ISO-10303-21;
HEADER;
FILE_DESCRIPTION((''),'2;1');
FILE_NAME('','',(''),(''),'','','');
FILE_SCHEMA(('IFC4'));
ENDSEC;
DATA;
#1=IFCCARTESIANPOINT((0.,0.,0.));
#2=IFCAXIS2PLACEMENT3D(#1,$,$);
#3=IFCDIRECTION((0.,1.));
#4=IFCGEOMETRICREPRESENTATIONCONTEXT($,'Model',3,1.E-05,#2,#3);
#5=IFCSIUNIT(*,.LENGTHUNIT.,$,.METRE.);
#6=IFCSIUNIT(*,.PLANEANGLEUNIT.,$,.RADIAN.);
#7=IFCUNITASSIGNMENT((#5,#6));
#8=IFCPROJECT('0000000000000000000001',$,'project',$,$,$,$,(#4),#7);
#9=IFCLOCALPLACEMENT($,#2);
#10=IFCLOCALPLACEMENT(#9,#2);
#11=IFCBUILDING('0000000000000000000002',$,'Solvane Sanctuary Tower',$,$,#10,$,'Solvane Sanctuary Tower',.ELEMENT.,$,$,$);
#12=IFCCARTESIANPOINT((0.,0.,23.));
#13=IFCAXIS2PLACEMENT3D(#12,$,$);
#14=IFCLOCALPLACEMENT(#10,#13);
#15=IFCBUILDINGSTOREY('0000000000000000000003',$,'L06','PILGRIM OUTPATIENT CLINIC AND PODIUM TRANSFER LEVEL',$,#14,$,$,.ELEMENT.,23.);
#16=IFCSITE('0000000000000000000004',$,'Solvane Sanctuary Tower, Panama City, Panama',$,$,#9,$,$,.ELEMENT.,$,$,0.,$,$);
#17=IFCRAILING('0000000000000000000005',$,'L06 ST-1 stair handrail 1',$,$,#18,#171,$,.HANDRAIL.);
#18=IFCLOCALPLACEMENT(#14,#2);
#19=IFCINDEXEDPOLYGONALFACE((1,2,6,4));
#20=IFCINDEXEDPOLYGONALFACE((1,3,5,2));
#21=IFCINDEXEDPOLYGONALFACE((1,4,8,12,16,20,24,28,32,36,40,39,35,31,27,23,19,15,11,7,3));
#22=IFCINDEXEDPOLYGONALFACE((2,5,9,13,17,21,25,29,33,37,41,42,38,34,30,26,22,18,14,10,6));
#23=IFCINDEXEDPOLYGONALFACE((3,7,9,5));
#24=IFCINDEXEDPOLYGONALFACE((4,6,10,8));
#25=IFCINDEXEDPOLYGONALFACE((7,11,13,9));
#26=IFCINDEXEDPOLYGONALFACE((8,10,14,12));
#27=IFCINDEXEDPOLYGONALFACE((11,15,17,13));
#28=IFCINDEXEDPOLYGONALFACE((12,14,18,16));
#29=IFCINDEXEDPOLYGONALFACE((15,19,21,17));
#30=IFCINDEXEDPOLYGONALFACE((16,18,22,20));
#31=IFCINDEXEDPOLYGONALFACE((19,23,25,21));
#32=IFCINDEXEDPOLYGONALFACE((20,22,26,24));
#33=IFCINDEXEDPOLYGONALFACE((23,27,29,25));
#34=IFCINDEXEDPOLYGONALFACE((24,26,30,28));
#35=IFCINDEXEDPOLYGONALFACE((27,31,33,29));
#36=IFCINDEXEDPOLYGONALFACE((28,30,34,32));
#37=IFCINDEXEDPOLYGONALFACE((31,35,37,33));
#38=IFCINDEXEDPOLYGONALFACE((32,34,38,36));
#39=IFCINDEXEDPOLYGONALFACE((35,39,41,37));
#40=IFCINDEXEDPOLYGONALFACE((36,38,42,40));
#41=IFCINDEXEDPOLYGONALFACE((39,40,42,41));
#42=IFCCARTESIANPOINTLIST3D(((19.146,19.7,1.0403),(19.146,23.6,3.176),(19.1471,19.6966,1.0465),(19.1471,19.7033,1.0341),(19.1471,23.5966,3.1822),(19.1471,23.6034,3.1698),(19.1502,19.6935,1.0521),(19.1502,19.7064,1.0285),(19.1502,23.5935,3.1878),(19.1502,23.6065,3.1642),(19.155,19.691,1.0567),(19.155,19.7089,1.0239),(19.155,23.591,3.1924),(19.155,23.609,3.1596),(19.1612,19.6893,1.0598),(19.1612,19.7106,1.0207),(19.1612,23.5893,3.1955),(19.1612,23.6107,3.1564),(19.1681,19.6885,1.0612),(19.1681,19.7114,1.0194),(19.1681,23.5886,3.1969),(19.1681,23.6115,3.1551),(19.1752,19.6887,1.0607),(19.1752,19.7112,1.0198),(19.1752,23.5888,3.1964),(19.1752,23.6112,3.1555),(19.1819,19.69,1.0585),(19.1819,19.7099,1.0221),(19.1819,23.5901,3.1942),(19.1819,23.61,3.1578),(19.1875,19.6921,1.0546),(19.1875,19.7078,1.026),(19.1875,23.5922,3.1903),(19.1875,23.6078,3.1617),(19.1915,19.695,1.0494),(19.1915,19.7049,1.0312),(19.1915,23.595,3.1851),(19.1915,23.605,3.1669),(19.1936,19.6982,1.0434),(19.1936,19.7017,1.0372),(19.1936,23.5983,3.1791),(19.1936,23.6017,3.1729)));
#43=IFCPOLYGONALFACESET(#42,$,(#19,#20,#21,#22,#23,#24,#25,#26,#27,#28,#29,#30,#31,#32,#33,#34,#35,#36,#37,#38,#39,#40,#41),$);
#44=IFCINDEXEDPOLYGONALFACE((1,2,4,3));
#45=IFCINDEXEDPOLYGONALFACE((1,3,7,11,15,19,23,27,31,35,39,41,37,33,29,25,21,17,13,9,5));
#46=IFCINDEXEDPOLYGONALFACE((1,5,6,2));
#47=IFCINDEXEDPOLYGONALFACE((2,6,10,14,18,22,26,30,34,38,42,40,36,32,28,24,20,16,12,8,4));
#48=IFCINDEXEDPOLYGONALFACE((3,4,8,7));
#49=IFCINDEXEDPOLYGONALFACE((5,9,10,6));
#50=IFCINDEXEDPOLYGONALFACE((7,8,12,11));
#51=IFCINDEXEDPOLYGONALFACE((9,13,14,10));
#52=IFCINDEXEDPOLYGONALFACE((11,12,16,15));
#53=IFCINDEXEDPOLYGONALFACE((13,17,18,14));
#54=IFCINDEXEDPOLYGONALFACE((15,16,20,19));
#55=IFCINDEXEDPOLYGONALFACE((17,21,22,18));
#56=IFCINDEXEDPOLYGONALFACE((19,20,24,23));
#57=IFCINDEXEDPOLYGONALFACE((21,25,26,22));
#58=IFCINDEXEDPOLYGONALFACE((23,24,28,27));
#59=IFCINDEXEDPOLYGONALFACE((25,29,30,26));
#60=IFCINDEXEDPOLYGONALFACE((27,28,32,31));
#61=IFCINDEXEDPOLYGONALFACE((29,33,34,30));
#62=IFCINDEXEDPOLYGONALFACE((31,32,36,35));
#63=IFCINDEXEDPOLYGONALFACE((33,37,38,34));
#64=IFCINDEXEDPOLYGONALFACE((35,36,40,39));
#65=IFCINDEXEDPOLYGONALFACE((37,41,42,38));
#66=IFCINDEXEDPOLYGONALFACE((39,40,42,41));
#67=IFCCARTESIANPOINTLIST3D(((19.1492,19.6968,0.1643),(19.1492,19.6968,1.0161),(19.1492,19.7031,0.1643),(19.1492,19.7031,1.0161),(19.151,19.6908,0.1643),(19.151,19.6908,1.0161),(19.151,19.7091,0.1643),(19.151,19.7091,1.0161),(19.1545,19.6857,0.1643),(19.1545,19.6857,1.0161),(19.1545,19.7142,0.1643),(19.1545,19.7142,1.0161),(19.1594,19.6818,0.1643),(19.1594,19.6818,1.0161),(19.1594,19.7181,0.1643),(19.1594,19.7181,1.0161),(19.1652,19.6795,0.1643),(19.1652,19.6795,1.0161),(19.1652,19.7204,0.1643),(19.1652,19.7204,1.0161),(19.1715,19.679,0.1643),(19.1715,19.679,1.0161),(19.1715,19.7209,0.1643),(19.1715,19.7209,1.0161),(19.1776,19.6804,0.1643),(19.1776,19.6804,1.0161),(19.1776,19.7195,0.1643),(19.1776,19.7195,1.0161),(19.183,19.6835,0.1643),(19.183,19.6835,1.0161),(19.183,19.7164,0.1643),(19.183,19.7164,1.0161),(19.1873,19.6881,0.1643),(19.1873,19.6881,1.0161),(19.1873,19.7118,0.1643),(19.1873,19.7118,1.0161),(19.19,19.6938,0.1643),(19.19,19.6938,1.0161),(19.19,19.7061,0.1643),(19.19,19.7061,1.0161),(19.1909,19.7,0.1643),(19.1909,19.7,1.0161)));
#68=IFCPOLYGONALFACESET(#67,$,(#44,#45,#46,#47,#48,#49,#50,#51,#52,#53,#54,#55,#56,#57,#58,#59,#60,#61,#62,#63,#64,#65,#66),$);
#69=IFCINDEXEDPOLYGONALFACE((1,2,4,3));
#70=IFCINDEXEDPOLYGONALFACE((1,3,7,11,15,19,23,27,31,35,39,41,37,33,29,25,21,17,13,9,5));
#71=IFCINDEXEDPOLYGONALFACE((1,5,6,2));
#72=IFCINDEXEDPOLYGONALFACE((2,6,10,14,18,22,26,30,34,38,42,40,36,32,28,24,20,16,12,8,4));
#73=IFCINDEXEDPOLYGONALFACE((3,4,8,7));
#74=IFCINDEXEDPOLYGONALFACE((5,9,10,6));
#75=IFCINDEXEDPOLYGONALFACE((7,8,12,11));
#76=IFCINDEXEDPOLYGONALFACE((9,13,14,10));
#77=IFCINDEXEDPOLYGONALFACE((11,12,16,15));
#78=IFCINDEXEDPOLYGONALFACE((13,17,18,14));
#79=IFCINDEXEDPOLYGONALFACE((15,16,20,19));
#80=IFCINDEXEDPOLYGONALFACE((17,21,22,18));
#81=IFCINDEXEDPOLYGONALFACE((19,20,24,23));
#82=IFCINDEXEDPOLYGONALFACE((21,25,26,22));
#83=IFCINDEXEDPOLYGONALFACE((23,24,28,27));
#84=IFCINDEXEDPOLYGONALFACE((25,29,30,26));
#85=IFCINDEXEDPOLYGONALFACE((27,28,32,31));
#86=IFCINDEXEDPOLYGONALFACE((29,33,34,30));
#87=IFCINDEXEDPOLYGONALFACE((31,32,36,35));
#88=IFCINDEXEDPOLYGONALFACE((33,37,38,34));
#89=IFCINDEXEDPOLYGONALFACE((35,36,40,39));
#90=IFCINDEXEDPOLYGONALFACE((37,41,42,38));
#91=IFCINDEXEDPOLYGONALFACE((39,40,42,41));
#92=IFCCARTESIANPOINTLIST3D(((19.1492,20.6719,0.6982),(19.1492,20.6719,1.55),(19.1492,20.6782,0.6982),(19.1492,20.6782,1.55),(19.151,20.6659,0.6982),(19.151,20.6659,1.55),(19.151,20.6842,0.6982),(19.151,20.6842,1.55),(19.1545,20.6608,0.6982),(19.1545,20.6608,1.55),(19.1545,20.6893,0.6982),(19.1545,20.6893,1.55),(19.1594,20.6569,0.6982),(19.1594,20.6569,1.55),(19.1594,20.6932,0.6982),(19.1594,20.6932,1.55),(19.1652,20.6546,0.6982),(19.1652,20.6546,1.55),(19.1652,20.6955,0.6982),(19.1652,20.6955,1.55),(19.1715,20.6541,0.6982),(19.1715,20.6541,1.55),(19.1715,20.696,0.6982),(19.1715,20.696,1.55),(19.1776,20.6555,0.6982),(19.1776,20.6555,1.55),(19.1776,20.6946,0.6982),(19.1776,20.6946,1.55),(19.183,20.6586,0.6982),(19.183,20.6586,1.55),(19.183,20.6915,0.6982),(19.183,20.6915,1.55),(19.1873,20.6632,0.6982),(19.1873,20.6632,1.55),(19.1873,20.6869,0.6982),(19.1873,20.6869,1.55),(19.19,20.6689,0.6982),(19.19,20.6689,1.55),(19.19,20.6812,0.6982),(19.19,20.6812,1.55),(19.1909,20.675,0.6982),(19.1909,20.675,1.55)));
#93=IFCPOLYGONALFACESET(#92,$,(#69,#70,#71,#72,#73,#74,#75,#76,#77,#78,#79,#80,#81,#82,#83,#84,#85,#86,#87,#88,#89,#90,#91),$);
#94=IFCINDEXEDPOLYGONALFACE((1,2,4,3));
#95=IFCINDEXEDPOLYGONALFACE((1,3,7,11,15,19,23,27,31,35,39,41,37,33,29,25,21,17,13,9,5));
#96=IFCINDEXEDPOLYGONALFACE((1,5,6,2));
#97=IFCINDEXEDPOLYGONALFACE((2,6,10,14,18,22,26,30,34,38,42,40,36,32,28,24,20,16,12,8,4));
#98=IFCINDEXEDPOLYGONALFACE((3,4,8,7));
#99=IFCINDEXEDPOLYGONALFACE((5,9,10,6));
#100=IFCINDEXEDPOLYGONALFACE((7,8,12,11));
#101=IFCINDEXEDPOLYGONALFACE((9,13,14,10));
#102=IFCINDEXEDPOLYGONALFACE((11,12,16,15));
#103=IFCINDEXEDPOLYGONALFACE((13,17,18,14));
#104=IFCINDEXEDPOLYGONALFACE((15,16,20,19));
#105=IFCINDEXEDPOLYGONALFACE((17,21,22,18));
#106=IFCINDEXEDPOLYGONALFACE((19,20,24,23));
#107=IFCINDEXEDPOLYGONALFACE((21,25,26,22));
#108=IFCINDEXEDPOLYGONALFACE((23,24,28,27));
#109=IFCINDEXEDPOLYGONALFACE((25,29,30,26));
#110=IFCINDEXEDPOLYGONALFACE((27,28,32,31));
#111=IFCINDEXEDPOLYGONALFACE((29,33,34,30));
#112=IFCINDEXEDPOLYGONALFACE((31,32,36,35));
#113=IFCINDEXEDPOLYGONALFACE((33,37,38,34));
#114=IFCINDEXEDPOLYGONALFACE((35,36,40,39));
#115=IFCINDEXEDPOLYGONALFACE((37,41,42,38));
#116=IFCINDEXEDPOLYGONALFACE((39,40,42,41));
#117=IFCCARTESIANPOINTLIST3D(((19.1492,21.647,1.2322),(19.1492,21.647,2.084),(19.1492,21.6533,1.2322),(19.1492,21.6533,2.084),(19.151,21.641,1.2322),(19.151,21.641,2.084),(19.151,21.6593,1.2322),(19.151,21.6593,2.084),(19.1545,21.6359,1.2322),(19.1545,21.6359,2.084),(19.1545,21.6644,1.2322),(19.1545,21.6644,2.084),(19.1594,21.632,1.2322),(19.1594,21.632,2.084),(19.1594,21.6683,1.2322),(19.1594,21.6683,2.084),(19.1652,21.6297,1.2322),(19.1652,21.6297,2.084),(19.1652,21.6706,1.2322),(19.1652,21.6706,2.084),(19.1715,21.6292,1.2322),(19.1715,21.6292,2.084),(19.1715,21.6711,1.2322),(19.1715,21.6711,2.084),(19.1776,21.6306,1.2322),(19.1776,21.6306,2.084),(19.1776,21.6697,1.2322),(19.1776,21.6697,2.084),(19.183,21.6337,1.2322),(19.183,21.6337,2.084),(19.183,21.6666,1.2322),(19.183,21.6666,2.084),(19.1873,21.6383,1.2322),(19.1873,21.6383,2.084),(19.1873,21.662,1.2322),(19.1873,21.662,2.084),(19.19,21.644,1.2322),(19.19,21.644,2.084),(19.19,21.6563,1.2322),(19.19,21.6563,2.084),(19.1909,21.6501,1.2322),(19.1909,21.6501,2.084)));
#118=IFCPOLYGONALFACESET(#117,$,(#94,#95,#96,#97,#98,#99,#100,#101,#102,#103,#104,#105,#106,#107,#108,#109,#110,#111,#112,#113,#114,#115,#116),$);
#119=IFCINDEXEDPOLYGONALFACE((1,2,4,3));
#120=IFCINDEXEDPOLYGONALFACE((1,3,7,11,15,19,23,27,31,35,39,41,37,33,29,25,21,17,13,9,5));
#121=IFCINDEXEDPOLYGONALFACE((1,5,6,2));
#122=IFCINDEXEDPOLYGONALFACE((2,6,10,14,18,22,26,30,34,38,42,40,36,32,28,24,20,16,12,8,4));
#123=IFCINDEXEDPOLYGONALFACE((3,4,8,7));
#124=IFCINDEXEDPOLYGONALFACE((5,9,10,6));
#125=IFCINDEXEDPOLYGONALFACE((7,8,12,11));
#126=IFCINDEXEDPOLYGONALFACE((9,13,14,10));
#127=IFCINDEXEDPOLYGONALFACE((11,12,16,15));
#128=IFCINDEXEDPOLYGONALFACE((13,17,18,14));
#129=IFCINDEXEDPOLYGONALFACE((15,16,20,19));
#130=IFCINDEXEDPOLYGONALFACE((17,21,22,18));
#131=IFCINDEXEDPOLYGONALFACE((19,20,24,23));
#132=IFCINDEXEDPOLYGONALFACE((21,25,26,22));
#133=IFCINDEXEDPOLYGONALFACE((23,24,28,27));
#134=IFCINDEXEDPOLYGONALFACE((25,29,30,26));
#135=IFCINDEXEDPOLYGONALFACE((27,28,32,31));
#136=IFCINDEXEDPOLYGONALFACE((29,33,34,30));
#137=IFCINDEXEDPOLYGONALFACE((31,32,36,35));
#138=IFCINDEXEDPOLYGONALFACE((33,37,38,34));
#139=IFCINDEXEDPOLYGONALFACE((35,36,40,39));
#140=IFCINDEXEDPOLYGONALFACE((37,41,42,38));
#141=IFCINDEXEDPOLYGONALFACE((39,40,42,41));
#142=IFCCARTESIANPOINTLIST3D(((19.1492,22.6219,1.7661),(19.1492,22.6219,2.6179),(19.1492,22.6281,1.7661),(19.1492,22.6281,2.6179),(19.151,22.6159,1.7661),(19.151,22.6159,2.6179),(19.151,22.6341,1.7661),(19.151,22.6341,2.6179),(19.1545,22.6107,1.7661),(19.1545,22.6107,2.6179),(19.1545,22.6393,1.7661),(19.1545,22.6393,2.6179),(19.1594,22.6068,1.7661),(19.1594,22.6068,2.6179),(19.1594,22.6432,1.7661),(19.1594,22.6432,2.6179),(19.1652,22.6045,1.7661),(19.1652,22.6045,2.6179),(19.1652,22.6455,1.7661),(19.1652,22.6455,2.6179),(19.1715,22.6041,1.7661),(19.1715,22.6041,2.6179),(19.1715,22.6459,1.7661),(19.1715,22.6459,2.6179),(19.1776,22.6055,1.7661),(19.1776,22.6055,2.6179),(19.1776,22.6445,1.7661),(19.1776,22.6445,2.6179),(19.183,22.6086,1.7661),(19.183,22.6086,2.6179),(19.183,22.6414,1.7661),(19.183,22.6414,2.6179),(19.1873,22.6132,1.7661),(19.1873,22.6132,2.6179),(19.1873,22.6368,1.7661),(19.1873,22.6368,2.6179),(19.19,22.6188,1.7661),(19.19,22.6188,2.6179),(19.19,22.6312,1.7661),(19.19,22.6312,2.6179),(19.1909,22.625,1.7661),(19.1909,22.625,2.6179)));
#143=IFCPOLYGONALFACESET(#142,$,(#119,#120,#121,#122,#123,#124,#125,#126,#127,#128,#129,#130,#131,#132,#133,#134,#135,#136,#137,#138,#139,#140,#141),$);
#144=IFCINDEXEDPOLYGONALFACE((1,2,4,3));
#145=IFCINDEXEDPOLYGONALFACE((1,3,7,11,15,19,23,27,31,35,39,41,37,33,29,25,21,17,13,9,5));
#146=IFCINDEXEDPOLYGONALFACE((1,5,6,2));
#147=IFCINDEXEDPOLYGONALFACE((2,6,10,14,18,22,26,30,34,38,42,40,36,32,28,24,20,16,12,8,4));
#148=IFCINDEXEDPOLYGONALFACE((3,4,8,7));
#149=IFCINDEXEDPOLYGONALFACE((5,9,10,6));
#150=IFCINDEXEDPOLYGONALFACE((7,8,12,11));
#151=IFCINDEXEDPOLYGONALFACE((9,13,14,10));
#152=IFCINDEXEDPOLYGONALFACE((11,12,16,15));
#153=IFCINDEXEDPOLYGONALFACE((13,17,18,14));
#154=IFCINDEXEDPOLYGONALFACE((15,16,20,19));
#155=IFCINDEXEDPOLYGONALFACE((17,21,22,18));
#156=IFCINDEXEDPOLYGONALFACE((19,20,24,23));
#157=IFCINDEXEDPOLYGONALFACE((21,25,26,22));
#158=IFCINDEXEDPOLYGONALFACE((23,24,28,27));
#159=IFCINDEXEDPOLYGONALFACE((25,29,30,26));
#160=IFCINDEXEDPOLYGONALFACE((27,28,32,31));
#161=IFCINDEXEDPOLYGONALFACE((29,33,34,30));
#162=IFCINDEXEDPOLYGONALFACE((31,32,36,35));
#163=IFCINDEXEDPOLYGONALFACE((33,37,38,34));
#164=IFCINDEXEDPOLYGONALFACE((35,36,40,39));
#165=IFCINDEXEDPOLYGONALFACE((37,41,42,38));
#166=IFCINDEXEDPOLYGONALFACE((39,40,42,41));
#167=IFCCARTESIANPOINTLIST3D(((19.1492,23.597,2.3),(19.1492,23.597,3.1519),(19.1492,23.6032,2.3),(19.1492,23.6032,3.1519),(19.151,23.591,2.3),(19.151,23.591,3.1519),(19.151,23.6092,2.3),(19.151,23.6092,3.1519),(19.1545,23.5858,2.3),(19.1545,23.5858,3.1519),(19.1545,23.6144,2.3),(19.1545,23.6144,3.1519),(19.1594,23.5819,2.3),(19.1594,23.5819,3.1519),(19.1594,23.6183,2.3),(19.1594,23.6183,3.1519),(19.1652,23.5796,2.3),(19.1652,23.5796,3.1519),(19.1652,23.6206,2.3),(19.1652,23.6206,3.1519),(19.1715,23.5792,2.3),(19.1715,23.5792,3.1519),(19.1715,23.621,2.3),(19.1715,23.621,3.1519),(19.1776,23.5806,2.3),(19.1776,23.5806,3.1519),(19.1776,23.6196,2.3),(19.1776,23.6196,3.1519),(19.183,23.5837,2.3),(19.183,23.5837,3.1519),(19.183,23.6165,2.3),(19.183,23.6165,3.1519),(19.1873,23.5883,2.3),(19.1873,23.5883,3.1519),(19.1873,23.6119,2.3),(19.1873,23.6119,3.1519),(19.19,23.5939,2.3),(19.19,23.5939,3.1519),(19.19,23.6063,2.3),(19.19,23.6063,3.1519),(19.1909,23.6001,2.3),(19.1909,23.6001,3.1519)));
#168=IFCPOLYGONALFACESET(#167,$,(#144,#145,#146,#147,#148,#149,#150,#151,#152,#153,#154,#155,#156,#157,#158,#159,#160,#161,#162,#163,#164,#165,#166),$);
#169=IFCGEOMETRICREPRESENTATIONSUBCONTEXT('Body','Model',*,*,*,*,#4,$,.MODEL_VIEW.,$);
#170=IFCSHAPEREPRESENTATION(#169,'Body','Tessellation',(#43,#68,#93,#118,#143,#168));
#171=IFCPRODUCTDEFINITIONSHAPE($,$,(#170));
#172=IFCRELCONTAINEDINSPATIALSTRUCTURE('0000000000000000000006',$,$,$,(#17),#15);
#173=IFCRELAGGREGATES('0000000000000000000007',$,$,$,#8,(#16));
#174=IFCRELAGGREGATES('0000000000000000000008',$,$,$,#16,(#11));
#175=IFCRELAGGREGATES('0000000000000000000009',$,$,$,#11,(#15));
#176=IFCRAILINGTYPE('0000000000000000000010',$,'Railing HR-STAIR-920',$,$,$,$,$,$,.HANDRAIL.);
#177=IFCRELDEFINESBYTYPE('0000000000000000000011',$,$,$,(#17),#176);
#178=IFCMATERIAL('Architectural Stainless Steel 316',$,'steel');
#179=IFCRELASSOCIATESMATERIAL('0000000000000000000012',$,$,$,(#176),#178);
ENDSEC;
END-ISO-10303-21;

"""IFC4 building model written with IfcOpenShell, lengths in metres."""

from ifc_helpers import new_model, si_unit, direction, frame, origin, origin_2d, place, context, subcontext, project, spatial, circle, extrude, material, type_object, element, save


model = new_model("IFC4")

# Units and contexts
model_context = context("Model", 3, precision=1e-05, world=origin(), true_north=direction((0.0, 1.0)))
body_context = subcontext(model_context, "Body", "Model", "MODEL_VIEW")
ifc_project = project(units=[si_unit("LENGTHUNIT", "METRE"), si_unit("PLANEANGLEUNIT", "RADIAN")], contexts=[model_context])

# Site, building, storey
site_placement = place(None, origin())
site = spatial("IfcSite", under=ifc_project, at=site_placement, Name="Solvane Sanctuary Tower, Panama City, Panama", CompositionType="ELEMENT", RefElevation=0.0)
building_placement = place(site_placement, origin())
building = spatial("IfcBuilding", under=site, at=building_placement, Name="Solvane Sanctuary Tower", LongName="Solvane Sanctuary Tower", CompositionType="ELEMENT")
storey_placement = place(building_placement, frame((0.0, 0.0, 23.0)))
storey = spatial("IfcBuildingStorey", under=building, at=storey_placement, Name="L06", Description="PILGRIM OUTPATIENT CLINIC AND PODIUM TRANSFER LEVEL", CompositionType="ELEMENT", Elevation=23.0)

# Shared definitions
ifc_material_1 = material(Name="Architectural Stainless Steel 316", Category="steel")

# Railing
railing_type_1 = type_object("IfcRailingType", Name="Railing HR-STAIR-920", PredefinedType="HANDRAIL", material=ifc_material_1)
railing_1_placement = place(storey_placement, frame((19.1699, 19.7, 0.1643)))
element("IfcRailing", 1, at=railing_1_placement, inside=storey, type_object=railing_type_1, Name="L06 ST-1 stair handrail 1", PredefinedType="HANDRAIL", context=body_context, shape_type="SweptSolid", body=[
    extrude(circle(Radius=0.0239, at=origin_2d()), frame((0.0, 0.0, 0.876), z_axis=(0.0, 0.877101, 0.480306), x_axis=(-1.0, 0.0, 0.0)), (0.0, 0.0, 1.0), 4.4465),
    extrude(circle(Radius=0.021, at=origin_2d()), origin(), (0.0, 0.0, 1.0), 0.8518),
    extrude(circle(Radius=0.021, at=origin_2d()), frame((0.0, 0.9751, 0.5339)), (0.0, 0.0, 1.0), 0.8518),
    extrude(circle(Radius=0.021, at=origin_2d()), frame((0.0, 1.9502, 1.0679)), (0.0, 0.0, 1.0), 0.8518),
    extrude(circle(Radius=0.021, at=origin_2d()), frame((0.0, 2.925, 1.6018)), (0.0, 0.0, 1.0), 0.8518),
    extrude(circle(Radius=0.021, at=origin_2d()), frame((0.0, 3.9001, 2.1357)), (0.0, 0.0, 1.0), 0.8518),
])

save(model, "model.ifc")
